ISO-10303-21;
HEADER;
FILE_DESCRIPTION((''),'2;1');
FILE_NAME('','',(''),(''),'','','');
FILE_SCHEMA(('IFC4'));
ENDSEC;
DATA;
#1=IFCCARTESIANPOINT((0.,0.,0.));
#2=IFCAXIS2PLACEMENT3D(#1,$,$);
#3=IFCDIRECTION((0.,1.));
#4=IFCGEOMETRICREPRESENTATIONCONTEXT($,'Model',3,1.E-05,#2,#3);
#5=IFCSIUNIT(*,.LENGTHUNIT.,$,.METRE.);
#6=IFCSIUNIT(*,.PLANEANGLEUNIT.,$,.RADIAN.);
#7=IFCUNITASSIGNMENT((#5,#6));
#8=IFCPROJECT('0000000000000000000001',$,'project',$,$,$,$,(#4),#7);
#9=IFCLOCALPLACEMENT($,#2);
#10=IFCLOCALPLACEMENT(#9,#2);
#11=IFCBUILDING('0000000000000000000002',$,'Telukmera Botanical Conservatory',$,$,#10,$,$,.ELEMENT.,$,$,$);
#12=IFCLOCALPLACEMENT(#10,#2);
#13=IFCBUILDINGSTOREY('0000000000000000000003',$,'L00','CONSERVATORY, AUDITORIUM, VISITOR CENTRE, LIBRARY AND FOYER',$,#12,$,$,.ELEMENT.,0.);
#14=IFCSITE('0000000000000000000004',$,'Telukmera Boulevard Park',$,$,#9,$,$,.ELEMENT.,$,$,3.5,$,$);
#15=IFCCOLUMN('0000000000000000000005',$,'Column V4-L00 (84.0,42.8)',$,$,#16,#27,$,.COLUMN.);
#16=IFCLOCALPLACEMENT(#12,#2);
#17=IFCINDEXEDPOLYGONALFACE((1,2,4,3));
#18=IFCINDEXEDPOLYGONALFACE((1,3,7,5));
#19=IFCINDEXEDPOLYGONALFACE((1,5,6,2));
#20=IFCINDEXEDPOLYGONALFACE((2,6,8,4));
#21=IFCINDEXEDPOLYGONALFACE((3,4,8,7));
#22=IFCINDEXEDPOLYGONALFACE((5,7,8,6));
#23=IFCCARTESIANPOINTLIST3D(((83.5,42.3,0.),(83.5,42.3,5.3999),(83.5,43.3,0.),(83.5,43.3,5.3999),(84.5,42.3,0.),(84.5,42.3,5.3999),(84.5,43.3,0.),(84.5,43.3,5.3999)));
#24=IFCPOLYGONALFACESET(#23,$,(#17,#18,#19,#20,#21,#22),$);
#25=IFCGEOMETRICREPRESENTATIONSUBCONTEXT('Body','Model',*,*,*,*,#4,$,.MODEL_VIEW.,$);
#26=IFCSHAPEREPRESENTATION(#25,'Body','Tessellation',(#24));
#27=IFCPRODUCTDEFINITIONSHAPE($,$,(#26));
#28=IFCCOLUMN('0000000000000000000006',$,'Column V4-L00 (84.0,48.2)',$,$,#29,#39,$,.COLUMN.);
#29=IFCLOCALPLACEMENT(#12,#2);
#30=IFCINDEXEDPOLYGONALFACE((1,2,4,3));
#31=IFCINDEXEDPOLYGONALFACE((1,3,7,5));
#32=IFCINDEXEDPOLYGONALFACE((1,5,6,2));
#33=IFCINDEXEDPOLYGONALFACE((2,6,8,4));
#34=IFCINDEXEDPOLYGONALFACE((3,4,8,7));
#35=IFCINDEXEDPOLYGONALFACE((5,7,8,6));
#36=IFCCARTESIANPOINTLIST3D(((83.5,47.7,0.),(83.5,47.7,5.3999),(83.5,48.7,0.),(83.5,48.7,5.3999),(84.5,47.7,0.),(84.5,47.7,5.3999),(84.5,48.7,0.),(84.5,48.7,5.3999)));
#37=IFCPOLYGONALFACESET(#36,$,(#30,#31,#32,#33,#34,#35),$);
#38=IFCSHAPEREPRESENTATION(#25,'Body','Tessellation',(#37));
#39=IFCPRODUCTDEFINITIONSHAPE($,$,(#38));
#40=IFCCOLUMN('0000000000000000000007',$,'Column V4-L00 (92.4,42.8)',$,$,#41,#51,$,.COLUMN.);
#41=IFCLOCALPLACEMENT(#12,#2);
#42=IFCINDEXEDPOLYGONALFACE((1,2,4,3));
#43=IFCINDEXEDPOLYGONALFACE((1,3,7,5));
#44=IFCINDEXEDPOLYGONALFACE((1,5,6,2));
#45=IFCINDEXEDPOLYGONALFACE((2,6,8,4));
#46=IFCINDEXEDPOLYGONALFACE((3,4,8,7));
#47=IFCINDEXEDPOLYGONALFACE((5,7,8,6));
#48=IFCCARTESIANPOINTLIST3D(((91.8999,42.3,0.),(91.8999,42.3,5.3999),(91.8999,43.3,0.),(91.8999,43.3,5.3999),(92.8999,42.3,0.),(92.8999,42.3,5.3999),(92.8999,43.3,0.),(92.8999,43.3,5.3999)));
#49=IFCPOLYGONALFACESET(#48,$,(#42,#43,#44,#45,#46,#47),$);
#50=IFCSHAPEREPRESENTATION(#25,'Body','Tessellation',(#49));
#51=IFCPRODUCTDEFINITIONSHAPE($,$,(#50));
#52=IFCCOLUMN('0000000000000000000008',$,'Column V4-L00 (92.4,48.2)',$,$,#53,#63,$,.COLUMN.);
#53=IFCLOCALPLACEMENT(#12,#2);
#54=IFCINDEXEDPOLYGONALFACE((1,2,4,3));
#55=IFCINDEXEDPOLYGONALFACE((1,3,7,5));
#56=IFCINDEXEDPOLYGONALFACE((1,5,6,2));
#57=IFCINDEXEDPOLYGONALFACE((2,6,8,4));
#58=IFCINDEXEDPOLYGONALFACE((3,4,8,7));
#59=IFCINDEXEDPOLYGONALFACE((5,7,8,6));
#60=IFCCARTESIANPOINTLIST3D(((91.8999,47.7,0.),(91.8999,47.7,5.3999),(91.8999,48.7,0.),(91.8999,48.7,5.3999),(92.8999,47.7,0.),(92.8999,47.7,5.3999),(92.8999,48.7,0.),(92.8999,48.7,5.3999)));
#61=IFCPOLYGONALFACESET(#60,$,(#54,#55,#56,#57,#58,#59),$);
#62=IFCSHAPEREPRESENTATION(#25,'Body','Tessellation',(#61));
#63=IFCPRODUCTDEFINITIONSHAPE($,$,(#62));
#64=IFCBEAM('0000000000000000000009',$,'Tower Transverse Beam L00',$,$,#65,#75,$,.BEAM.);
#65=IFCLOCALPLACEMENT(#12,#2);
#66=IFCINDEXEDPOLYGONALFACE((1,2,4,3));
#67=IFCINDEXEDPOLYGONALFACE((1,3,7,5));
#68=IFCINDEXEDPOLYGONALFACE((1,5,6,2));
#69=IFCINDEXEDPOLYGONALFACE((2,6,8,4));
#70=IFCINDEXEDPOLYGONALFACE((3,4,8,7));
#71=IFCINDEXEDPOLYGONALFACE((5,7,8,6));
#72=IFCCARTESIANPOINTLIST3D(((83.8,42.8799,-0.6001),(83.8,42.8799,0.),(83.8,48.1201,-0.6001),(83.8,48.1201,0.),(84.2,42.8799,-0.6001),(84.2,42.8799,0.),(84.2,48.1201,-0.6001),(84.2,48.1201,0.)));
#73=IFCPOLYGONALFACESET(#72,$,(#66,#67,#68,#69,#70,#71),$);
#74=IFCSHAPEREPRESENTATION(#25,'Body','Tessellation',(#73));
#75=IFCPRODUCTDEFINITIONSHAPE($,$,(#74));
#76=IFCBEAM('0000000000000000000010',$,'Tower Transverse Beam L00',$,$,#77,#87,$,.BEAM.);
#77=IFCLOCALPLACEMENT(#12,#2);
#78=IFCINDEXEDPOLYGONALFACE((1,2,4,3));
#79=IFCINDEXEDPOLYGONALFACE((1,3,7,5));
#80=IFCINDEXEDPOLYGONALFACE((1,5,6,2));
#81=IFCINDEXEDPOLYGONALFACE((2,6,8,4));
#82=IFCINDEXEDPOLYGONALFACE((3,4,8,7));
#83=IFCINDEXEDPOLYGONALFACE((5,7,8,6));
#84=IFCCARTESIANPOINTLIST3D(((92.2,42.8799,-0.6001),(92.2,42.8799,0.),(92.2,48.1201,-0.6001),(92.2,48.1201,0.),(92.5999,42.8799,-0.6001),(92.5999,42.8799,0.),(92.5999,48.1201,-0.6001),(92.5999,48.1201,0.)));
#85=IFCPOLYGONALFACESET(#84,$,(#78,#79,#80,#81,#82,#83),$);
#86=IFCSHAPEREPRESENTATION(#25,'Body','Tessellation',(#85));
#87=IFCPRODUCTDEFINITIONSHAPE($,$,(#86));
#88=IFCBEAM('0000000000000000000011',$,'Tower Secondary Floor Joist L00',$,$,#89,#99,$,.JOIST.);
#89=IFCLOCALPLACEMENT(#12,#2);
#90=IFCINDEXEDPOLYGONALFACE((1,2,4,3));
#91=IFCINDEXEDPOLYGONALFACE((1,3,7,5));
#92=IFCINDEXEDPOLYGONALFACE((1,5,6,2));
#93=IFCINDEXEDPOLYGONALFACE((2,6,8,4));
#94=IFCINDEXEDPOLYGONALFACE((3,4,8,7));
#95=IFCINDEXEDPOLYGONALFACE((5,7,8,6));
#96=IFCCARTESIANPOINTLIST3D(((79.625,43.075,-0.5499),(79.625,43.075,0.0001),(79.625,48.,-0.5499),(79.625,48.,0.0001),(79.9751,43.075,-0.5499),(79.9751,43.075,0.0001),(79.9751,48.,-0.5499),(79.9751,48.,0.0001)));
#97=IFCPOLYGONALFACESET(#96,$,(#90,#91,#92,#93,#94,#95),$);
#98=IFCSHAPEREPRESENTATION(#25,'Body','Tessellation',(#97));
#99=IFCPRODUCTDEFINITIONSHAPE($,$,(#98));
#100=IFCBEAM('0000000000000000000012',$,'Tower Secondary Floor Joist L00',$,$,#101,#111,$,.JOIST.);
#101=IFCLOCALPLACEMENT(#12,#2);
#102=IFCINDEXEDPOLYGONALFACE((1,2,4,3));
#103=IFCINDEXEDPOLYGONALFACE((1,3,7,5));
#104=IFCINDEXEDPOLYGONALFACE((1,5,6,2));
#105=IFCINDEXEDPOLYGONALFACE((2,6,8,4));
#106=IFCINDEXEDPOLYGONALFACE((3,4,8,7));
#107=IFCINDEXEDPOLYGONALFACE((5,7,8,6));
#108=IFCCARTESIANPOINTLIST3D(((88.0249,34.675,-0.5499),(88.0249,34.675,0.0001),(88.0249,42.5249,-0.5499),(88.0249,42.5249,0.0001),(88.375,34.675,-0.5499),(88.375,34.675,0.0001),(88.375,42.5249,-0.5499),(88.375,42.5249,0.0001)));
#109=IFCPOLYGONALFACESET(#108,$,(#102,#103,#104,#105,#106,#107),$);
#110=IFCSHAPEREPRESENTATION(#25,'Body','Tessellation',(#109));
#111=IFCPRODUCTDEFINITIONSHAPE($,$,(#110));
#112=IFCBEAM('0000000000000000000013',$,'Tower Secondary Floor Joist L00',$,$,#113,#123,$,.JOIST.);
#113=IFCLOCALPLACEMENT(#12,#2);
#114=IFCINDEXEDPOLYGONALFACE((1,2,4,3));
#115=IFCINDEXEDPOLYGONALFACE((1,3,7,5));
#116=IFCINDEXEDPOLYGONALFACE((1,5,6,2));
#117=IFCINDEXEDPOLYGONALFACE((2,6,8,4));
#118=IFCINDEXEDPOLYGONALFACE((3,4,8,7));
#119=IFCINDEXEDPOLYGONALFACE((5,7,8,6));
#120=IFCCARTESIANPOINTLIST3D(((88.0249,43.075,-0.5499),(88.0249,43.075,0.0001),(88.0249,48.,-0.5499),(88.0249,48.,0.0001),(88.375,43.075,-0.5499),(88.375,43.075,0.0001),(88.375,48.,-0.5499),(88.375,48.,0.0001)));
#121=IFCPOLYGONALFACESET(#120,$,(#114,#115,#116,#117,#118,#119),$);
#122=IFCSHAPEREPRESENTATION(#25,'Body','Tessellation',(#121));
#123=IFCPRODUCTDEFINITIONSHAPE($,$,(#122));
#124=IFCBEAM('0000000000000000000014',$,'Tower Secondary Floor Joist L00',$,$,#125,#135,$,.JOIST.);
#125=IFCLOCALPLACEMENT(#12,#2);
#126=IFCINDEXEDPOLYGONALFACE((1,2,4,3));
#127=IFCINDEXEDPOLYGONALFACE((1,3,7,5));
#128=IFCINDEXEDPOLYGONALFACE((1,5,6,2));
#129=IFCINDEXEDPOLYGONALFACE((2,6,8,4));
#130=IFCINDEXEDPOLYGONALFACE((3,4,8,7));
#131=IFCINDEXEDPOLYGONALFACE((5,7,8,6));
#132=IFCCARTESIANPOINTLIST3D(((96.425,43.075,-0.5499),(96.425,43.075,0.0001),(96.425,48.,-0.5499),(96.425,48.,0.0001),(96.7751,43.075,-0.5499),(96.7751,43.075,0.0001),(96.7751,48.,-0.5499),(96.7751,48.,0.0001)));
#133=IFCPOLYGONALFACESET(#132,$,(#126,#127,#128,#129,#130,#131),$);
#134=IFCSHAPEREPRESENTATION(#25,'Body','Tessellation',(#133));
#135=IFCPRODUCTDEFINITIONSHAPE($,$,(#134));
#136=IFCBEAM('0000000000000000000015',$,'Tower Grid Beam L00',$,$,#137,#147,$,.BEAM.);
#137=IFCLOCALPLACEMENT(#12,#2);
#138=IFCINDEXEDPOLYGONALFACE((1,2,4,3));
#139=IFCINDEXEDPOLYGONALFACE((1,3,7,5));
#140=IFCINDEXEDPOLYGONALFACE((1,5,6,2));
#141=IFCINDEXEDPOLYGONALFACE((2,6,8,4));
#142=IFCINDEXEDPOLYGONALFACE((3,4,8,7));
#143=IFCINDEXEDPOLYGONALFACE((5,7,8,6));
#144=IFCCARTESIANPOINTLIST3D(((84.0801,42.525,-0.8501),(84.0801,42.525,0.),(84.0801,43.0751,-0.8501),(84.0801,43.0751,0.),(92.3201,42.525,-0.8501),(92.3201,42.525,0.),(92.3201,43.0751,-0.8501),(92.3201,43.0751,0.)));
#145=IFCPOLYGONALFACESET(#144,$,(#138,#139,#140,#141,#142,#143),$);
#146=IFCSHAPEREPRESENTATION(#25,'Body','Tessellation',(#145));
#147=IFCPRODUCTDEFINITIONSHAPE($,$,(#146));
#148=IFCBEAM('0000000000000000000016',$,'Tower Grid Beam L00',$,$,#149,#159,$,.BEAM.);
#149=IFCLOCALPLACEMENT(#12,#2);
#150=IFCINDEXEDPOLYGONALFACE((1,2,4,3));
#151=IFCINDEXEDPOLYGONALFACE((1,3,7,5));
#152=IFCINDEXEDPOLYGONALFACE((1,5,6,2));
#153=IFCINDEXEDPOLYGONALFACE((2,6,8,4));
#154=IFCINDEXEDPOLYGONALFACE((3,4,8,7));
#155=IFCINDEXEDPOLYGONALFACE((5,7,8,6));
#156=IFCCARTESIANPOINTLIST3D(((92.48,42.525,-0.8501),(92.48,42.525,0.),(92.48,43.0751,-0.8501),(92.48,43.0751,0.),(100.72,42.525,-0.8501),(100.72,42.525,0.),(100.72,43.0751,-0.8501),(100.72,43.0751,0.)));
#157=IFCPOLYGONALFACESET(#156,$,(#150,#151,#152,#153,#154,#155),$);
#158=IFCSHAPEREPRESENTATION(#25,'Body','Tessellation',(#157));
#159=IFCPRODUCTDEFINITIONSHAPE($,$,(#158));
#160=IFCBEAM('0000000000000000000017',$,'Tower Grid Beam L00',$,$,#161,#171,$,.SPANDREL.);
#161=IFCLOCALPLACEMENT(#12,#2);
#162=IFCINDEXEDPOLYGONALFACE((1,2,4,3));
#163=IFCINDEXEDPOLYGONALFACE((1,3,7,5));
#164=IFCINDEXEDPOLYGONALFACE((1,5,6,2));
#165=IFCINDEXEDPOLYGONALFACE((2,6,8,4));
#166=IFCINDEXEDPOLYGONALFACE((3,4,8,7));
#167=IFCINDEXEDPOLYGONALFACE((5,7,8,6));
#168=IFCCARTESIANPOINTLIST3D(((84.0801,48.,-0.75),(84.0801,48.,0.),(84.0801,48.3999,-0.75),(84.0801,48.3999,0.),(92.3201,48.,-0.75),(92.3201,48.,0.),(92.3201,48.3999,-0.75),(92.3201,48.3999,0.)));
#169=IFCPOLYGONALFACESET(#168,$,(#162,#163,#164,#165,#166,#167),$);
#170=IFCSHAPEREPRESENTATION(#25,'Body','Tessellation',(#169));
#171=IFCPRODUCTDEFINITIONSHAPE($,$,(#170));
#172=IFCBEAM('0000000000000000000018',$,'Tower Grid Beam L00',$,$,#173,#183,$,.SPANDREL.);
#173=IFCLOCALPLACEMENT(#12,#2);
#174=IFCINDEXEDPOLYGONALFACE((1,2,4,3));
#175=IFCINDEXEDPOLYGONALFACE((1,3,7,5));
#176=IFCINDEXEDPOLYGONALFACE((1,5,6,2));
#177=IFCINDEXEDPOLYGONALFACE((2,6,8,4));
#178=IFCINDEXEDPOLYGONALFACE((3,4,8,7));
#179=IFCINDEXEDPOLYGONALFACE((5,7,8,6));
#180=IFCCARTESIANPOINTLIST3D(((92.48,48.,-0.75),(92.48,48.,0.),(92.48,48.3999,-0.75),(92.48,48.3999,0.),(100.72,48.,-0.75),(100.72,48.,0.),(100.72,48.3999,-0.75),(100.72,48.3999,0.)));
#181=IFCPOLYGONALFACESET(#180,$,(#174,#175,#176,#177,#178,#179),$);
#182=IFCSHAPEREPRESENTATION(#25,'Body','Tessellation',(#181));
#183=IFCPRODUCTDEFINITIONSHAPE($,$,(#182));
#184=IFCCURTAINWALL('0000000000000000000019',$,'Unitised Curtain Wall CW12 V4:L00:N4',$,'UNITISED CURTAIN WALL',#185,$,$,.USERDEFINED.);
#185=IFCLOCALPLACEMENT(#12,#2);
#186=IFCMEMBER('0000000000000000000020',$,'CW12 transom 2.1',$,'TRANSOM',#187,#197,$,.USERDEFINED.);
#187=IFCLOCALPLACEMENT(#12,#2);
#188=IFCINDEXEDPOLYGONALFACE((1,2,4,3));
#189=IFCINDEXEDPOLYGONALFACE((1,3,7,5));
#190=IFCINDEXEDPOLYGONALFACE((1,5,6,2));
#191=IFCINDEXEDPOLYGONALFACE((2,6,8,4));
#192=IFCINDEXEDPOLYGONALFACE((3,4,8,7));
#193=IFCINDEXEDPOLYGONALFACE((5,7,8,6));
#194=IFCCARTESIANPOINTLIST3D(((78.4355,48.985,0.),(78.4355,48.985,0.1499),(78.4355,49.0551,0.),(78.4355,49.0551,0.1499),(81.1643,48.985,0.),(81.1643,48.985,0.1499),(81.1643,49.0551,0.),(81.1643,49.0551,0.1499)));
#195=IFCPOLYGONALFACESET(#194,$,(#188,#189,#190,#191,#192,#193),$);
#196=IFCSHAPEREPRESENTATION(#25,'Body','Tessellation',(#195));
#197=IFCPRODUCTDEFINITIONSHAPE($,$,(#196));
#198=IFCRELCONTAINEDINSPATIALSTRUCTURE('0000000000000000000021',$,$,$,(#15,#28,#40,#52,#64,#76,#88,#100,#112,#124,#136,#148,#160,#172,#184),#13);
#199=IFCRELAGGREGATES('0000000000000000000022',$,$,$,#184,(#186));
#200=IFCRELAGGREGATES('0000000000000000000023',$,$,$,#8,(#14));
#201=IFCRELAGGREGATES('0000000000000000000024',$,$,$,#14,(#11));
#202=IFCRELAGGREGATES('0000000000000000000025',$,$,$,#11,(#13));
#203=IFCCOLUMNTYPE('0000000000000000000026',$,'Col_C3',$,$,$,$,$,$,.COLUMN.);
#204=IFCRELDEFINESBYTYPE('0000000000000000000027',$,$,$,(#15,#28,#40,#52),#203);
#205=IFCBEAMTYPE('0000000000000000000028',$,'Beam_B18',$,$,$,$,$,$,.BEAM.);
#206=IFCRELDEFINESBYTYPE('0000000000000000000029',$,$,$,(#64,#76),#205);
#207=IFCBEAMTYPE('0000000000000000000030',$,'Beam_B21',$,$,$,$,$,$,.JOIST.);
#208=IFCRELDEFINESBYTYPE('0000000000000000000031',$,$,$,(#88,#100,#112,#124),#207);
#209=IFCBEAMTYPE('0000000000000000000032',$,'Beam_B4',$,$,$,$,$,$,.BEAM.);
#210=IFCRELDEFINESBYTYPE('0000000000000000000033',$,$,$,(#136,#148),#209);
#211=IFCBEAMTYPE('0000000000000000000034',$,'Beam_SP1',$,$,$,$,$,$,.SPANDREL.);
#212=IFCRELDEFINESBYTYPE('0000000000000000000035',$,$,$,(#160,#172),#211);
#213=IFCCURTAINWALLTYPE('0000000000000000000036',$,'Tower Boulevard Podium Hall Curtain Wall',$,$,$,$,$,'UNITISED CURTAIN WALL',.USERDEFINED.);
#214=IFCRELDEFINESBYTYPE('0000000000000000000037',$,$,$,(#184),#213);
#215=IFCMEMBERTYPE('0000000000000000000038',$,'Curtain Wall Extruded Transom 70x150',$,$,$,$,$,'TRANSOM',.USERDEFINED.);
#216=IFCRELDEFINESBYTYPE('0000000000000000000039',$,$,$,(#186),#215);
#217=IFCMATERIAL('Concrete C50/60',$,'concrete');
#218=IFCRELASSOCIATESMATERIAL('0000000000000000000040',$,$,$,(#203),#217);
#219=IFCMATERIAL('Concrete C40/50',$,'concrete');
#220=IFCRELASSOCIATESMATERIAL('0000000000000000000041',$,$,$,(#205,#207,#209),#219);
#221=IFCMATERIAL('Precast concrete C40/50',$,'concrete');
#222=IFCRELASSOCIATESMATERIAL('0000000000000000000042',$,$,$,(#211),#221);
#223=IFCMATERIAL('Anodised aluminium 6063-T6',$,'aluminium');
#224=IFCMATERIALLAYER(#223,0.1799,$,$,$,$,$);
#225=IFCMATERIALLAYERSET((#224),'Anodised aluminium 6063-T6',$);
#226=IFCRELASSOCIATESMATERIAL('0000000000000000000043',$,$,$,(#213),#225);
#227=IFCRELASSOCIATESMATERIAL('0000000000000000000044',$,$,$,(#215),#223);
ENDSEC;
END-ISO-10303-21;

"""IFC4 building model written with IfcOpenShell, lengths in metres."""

from ifc_helpers import new_model, si_unit, direction, frame, origin, origin_2d, place, context, subcontext, project, spatial, rectangle, extrude, material, layer, layer_set, material_profile, profile_set, type_object, element, aggregate, save


model = new_model("IFC4")

# Units and contexts
model_context = context("Model", 3, precision=1e-05, world=origin(), true_north=direction((0.0, 1.0)))
body_context = subcontext(model_context, "Body", "Model", "MODEL_VIEW")
ifc_project = project(units=[si_unit("LENGTHUNIT", "METRE"), si_unit("PLANEANGLEUNIT", "RADIAN")], contexts=[model_context])

# Site, building, storey
site_placement = place(None, origin())
site = spatial("IfcSite", under=ifc_project, at=site_placement, Name="Telukmera Boulevard Park", CompositionType="ELEMENT", RefElevation=3.5)
building_placement = place(site_placement, origin())
building = spatial("IfcBuilding", under=site, at=building_placement, Name="Telukmera Botanical Conservatory", CompositionType="ELEMENT")
storey_placement = place(building_placement, origin())
storey = spatial("IfcBuildingStorey", under=building, at=storey_placement, Name="L00", Description="CONSERVATORY, AUDITORIUM, VISITOR CENTRE, LIBRARY AND FOYER", CompositionType="ELEMENT", Elevation=0.0)

# Columns
ifc_material_1 = material(Name="Concrete C50/60", Category="concrete")
ifc_material_profile_1 = material_profile(ifc_material_1, rectangle(XDim=1.0, YDim=1.0, at=origin_2d()), Name="RC 1000x1000")
ifc_profile_set_1 = profile_set([ifc_material_profile_1], Name="Concrete C50/60")
column_type = type_object("IfcColumnType", Name="Col_C3", PredefinedType="COLUMN", material=ifc_profile_set_1)
for number, where, z_axis, x_axis, name in (
    (1, (84.0, 42.8, 0.0), (0.0, 0.0, 1.0), (1.0, 0.0, 0.0), "Column V4-L00 (84.0,42.8)"),
    (2, (84.0, 48.2, 0.0), (0.0, 0.0, 1.0), (1.0, 0.0, 0.0), "Column V4-L00 (84.0,48.2)"),
    (3, (92.3999, 42.8, 0.0), (0.0, 0.0, 1.0), (1.0, 0.0, 0.0), "Column V4-L00 (92.4,42.8)"),
    (4, (92.3999, 48.2, 0.0), (0.0, 0.0, 1.0), (1.0, 0.0, 0.0), "Column V4-L00 (92.4,48.2)"),
):
    element("IfcColumn", number, at=place(storey_placement, frame(where, z_axis=z_axis, x_axis=x_axis)), inside=storey, type_object=column_type, Name=name, PredefinedType="COLUMN", context=body_context, shape_type="SweptSolid", body=[
        extrude(rectangle(XDim=1.0, YDim=1.0, at=origin_2d()), origin(), (0.0, 0.0, 1.0), 5.3999),
    ])

# Beams
ifc_material_2 = material(Name="Concrete C40/50", Category="concrete")
ifc_material_profile_2 = material_profile(ifc_material_2, rectangle(XDim=0.3999, YDim=0.6001, at=origin_2d()), Name="RC 400x600")
ifc_profile_set_2 = profile_set([ifc_material_profile_2], Name="Concrete C40/50")
beam_type_1 = type_object("IfcBeamType", Name="Beam_B18", PredefinedType="BEAM", material=ifc_profile_set_2)
for number, where, z_axis, x_axis, name in (
    (5, (84.0, 42.8799, -0.3), (0.0, 1.0, 0.0), (-1.0, 0.0, 0.0), "Tower Transverse Beam L00"),
    (6, (92.3999, 42.8799, -0.3), (0.0, 1.0, 0.0), (-1.0, 0.0, 0.0), "Tower Transverse Beam L00"),
):
    element("IfcBeam", number, at=place(storey_placement, frame(where, z_axis=z_axis, x_axis=x_axis)), inside=storey, type_object=beam_type_1, Name=name, PredefinedType="BEAM", context=body_context, shape_type="SweptSolid", body=[
        extrude(rectangle(XDim=0.3999, YDim=0.6001, at=origin_2d()), origin(), (0.0, 0.0, 1.0), 5.2402),
    ])
ifc_material_profile_3 = material_profile(ifc_material_2, rectangle(XDim=0.3501, YDim=0.55, at=origin_2d()), Name="RC 350x550")
ifc_profile_set_3 = profile_set([ifc_material_profile_3], Name="Concrete C40/50")
beam_type_2 = type_object("IfcBeamType", Name="Beam_B21", PredefinedType="JOIST", material=ifc_profile_set_3)
beam_1_placement = place(storey_placement, frame((79.8, 43.075, -0.2749), z_axis=(0.0, 1.0, 0.0), x_axis=(-1.0, 0.0, 0.0)))
element("IfcBeam", 7, at=beam_1_placement, inside=storey, type_object=beam_type_2, Name="Tower Secondary Floor Joist L00", PredefinedType="JOIST", context=body_context, shape_type="SweptSolid", body=[
    extrude(rectangle(XDim=0.3501, YDim=0.55, at=origin_2d()), origin(), (0.0, 0.0, 1.0), 4.925),
])
beam_2_placement = place(storey_placement, frame((88.2, 34.675, -0.2749), z_axis=(0.0, 1.0, 0.0), x_axis=(-1.0, 0.0, 0.0)))
element("IfcBeam", 8, at=beam_2_placement, inside=storey, type_object=beam_type_2, Name="Tower Secondary Floor Joist L00", PredefinedType="JOIST", context=body_context, shape_type="SweptSolid", body=[
    extrude(rectangle(XDim=0.3501, YDim=0.55, at=origin_2d()), origin(), (0.0, 0.0, 1.0), 7.8499),
])
for number, where, z_axis, x_axis, name in (
    (9, (88.2, 43.075, -0.2749), (0.0, 1.0, 0.0), (-1.0, 0.0, 0.0), "Tower Secondary Floor Joist L00"),
    (10, (96.6001, 43.075, -0.2749), (0.0, 1.0, 0.0), (-1.0, 0.0, 0.0), "Tower Secondary Floor Joist L00"),
):
    element("IfcBeam", number, at=place(storey_placement, frame(where, z_axis=z_axis, x_axis=x_axis)), inside=storey, type_object=beam_type_2, Name=name, PredefinedType="JOIST", context=body_context, shape_type="SweptSolid", body=[
        extrude(rectangle(XDim=0.3501, YDim=0.55, at=origin_2d()), origin(), (0.0, 0.0, 1.0), 4.925),
    ])
ifc_material_profile_4 = material_profile(ifc_material_2, rectangle(XDim=0.55, YDim=0.8501, at=origin_2d()), Name="RC 550x850")
ifc_profile_set_4 = profile_set([ifc_material_profile_4], Name="Concrete C40/50")
beam_type_3 = type_object("IfcBeamType", Name="Beam_B4", PredefinedType="BEAM", material=ifc_profile_set_4)
for number, where, z_axis, x_axis, name in (
    (11, (84.0801, 42.8, -0.425), (1.0, 0.0, 0.0), (0.0, 1.0, 0.0), "Tower Grid Beam L00"),
    (12, (92.48, 42.8, -0.425), (1.0, 0.0, 0.0), (0.0, 1.0, 0.0), "Tower Grid Beam L00"),
):
    element("IfcBeam", number, at=place(storey_placement, frame(where, z_axis=z_axis, x_axis=x_axis)), inside=storey, type_object=beam_type_3, Name=name, PredefinedType="BEAM", context=body_context, shape_type="SweptSolid", body=[
        extrude(rectangle(XDim=0.55, YDim=0.8501, at=origin_2d()), origin(), (0.0, 0.0, 1.0), 8.24),
    ])
ifc_material_3 = material(Name="Precast concrete C40/50", Category="concrete")
ifc_material_profile_5 = material_profile(ifc_material_3, rectangle(XDim=0.3999, YDim=0.75, at=origin_2d()), Name="PC 400x750")
ifc_profile_set_5 = profile_set([ifc_material_profile_5], Name="Precast concrete C40/50")
beam_type_4 = type_object("IfcBeamType", Name="Beam_SP1", PredefinedType="SPANDREL", material=ifc_profile_set_5)
for number, where, z_axis, x_axis, name in (
    (13, (84.0801, 48.2, -0.375), (1.0, 0.0, 0.0), (0.0, 1.0, 0.0), "Tower Grid Beam L00"),
    (14, (92.48, 48.2, -0.375), (1.0, 0.0, 0.0), (0.0, 1.0, 0.0), "Tower Grid Beam L00"),
):
    element("IfcBeam", number, at=place(storey_placement, frame(where, z_axis=z_axis, x_axis=x_axis)), inside=storey, type_object=beam_type_4, Name=name, PredefinedType="SPANDREL", context=body_context, shape_type="SweptSolid", body=[
        extrude(rectangle(XDim=0.3999, YDim=0.75, at=origin_2d()), origin(), (0.0, 0.0, 1.0), 8.24),
    ])

# Curtain wall, member
ifc_material_4 = material(Name="Anodised aluminium 6063-T6", Category="aluminium")
ifc_layer_1 = layer(ifc_material_4, 0.1799)
ifc_layer_set_1 = layer_set([ifc_layer_1], Name="Anodised aluminium 6063-T6")
curtain_wall_type = type_object("IfcCurtainWallType", Name="Tower Boulevard Podium Hall Curtain Wall", ElementType="UNITISED CURTAIN WALL", PredefinedType="USERDEFINED", material=ifc_layer_set_1)
curtain_wall_placement = place(storey_placement, origin())
curtain_wall = element("IfcCurtainWall", 15, at=curtain_wall_placement, inside=storey, type_object=curtain_wall_type, Name="Unitised Curtain Wall CW12 V4:L00:N4", ObjectType="UNITISED CURTAIN WALL", PredefinedType="USERDEFINED")
ifc_material_profile_6 = material_profile(ifc_material_4, rectangle(XDim=0.0701, YDim=0.1499, at=origin_2d()), Name="ALU TRAN 70x150")
ifc_profile_set_6 = profile_set([ifc_material_profile_6], Name="Anodised aluminium 6063-T6")
member_type = type_object("IfcMemberType", Name="Curtain Wall Extruded Transom 70x150", ElementType="TRANSOM", PredefinedType="USERDEFINED", material=ifc_profile_set_6)
member_1_placement = place(storey_placement, frame((78.4355, 49.02, 0.075), z_axis=(1.0, 0.0, 0.0), x_axis=(0.0, 1.0, 0.0)))
member_1 = element("IfcMember", 16, at=member_1_placement, type_object=member_type, Name="CW12 transom 2.1", ObjectType="TRANSOM", PredefinedType="USERDEFINED", context=body_context, shape_type="SweptSolid", body=[
    extrude(rectangle(XDim=0.0701, YDim=0.1499, at=origin_2d()), origin(), (0.0, 0.0, 1.0), 2.7288),
])
aggregate(curtain_wall, [member_1])

save(model, "model.ifc")
